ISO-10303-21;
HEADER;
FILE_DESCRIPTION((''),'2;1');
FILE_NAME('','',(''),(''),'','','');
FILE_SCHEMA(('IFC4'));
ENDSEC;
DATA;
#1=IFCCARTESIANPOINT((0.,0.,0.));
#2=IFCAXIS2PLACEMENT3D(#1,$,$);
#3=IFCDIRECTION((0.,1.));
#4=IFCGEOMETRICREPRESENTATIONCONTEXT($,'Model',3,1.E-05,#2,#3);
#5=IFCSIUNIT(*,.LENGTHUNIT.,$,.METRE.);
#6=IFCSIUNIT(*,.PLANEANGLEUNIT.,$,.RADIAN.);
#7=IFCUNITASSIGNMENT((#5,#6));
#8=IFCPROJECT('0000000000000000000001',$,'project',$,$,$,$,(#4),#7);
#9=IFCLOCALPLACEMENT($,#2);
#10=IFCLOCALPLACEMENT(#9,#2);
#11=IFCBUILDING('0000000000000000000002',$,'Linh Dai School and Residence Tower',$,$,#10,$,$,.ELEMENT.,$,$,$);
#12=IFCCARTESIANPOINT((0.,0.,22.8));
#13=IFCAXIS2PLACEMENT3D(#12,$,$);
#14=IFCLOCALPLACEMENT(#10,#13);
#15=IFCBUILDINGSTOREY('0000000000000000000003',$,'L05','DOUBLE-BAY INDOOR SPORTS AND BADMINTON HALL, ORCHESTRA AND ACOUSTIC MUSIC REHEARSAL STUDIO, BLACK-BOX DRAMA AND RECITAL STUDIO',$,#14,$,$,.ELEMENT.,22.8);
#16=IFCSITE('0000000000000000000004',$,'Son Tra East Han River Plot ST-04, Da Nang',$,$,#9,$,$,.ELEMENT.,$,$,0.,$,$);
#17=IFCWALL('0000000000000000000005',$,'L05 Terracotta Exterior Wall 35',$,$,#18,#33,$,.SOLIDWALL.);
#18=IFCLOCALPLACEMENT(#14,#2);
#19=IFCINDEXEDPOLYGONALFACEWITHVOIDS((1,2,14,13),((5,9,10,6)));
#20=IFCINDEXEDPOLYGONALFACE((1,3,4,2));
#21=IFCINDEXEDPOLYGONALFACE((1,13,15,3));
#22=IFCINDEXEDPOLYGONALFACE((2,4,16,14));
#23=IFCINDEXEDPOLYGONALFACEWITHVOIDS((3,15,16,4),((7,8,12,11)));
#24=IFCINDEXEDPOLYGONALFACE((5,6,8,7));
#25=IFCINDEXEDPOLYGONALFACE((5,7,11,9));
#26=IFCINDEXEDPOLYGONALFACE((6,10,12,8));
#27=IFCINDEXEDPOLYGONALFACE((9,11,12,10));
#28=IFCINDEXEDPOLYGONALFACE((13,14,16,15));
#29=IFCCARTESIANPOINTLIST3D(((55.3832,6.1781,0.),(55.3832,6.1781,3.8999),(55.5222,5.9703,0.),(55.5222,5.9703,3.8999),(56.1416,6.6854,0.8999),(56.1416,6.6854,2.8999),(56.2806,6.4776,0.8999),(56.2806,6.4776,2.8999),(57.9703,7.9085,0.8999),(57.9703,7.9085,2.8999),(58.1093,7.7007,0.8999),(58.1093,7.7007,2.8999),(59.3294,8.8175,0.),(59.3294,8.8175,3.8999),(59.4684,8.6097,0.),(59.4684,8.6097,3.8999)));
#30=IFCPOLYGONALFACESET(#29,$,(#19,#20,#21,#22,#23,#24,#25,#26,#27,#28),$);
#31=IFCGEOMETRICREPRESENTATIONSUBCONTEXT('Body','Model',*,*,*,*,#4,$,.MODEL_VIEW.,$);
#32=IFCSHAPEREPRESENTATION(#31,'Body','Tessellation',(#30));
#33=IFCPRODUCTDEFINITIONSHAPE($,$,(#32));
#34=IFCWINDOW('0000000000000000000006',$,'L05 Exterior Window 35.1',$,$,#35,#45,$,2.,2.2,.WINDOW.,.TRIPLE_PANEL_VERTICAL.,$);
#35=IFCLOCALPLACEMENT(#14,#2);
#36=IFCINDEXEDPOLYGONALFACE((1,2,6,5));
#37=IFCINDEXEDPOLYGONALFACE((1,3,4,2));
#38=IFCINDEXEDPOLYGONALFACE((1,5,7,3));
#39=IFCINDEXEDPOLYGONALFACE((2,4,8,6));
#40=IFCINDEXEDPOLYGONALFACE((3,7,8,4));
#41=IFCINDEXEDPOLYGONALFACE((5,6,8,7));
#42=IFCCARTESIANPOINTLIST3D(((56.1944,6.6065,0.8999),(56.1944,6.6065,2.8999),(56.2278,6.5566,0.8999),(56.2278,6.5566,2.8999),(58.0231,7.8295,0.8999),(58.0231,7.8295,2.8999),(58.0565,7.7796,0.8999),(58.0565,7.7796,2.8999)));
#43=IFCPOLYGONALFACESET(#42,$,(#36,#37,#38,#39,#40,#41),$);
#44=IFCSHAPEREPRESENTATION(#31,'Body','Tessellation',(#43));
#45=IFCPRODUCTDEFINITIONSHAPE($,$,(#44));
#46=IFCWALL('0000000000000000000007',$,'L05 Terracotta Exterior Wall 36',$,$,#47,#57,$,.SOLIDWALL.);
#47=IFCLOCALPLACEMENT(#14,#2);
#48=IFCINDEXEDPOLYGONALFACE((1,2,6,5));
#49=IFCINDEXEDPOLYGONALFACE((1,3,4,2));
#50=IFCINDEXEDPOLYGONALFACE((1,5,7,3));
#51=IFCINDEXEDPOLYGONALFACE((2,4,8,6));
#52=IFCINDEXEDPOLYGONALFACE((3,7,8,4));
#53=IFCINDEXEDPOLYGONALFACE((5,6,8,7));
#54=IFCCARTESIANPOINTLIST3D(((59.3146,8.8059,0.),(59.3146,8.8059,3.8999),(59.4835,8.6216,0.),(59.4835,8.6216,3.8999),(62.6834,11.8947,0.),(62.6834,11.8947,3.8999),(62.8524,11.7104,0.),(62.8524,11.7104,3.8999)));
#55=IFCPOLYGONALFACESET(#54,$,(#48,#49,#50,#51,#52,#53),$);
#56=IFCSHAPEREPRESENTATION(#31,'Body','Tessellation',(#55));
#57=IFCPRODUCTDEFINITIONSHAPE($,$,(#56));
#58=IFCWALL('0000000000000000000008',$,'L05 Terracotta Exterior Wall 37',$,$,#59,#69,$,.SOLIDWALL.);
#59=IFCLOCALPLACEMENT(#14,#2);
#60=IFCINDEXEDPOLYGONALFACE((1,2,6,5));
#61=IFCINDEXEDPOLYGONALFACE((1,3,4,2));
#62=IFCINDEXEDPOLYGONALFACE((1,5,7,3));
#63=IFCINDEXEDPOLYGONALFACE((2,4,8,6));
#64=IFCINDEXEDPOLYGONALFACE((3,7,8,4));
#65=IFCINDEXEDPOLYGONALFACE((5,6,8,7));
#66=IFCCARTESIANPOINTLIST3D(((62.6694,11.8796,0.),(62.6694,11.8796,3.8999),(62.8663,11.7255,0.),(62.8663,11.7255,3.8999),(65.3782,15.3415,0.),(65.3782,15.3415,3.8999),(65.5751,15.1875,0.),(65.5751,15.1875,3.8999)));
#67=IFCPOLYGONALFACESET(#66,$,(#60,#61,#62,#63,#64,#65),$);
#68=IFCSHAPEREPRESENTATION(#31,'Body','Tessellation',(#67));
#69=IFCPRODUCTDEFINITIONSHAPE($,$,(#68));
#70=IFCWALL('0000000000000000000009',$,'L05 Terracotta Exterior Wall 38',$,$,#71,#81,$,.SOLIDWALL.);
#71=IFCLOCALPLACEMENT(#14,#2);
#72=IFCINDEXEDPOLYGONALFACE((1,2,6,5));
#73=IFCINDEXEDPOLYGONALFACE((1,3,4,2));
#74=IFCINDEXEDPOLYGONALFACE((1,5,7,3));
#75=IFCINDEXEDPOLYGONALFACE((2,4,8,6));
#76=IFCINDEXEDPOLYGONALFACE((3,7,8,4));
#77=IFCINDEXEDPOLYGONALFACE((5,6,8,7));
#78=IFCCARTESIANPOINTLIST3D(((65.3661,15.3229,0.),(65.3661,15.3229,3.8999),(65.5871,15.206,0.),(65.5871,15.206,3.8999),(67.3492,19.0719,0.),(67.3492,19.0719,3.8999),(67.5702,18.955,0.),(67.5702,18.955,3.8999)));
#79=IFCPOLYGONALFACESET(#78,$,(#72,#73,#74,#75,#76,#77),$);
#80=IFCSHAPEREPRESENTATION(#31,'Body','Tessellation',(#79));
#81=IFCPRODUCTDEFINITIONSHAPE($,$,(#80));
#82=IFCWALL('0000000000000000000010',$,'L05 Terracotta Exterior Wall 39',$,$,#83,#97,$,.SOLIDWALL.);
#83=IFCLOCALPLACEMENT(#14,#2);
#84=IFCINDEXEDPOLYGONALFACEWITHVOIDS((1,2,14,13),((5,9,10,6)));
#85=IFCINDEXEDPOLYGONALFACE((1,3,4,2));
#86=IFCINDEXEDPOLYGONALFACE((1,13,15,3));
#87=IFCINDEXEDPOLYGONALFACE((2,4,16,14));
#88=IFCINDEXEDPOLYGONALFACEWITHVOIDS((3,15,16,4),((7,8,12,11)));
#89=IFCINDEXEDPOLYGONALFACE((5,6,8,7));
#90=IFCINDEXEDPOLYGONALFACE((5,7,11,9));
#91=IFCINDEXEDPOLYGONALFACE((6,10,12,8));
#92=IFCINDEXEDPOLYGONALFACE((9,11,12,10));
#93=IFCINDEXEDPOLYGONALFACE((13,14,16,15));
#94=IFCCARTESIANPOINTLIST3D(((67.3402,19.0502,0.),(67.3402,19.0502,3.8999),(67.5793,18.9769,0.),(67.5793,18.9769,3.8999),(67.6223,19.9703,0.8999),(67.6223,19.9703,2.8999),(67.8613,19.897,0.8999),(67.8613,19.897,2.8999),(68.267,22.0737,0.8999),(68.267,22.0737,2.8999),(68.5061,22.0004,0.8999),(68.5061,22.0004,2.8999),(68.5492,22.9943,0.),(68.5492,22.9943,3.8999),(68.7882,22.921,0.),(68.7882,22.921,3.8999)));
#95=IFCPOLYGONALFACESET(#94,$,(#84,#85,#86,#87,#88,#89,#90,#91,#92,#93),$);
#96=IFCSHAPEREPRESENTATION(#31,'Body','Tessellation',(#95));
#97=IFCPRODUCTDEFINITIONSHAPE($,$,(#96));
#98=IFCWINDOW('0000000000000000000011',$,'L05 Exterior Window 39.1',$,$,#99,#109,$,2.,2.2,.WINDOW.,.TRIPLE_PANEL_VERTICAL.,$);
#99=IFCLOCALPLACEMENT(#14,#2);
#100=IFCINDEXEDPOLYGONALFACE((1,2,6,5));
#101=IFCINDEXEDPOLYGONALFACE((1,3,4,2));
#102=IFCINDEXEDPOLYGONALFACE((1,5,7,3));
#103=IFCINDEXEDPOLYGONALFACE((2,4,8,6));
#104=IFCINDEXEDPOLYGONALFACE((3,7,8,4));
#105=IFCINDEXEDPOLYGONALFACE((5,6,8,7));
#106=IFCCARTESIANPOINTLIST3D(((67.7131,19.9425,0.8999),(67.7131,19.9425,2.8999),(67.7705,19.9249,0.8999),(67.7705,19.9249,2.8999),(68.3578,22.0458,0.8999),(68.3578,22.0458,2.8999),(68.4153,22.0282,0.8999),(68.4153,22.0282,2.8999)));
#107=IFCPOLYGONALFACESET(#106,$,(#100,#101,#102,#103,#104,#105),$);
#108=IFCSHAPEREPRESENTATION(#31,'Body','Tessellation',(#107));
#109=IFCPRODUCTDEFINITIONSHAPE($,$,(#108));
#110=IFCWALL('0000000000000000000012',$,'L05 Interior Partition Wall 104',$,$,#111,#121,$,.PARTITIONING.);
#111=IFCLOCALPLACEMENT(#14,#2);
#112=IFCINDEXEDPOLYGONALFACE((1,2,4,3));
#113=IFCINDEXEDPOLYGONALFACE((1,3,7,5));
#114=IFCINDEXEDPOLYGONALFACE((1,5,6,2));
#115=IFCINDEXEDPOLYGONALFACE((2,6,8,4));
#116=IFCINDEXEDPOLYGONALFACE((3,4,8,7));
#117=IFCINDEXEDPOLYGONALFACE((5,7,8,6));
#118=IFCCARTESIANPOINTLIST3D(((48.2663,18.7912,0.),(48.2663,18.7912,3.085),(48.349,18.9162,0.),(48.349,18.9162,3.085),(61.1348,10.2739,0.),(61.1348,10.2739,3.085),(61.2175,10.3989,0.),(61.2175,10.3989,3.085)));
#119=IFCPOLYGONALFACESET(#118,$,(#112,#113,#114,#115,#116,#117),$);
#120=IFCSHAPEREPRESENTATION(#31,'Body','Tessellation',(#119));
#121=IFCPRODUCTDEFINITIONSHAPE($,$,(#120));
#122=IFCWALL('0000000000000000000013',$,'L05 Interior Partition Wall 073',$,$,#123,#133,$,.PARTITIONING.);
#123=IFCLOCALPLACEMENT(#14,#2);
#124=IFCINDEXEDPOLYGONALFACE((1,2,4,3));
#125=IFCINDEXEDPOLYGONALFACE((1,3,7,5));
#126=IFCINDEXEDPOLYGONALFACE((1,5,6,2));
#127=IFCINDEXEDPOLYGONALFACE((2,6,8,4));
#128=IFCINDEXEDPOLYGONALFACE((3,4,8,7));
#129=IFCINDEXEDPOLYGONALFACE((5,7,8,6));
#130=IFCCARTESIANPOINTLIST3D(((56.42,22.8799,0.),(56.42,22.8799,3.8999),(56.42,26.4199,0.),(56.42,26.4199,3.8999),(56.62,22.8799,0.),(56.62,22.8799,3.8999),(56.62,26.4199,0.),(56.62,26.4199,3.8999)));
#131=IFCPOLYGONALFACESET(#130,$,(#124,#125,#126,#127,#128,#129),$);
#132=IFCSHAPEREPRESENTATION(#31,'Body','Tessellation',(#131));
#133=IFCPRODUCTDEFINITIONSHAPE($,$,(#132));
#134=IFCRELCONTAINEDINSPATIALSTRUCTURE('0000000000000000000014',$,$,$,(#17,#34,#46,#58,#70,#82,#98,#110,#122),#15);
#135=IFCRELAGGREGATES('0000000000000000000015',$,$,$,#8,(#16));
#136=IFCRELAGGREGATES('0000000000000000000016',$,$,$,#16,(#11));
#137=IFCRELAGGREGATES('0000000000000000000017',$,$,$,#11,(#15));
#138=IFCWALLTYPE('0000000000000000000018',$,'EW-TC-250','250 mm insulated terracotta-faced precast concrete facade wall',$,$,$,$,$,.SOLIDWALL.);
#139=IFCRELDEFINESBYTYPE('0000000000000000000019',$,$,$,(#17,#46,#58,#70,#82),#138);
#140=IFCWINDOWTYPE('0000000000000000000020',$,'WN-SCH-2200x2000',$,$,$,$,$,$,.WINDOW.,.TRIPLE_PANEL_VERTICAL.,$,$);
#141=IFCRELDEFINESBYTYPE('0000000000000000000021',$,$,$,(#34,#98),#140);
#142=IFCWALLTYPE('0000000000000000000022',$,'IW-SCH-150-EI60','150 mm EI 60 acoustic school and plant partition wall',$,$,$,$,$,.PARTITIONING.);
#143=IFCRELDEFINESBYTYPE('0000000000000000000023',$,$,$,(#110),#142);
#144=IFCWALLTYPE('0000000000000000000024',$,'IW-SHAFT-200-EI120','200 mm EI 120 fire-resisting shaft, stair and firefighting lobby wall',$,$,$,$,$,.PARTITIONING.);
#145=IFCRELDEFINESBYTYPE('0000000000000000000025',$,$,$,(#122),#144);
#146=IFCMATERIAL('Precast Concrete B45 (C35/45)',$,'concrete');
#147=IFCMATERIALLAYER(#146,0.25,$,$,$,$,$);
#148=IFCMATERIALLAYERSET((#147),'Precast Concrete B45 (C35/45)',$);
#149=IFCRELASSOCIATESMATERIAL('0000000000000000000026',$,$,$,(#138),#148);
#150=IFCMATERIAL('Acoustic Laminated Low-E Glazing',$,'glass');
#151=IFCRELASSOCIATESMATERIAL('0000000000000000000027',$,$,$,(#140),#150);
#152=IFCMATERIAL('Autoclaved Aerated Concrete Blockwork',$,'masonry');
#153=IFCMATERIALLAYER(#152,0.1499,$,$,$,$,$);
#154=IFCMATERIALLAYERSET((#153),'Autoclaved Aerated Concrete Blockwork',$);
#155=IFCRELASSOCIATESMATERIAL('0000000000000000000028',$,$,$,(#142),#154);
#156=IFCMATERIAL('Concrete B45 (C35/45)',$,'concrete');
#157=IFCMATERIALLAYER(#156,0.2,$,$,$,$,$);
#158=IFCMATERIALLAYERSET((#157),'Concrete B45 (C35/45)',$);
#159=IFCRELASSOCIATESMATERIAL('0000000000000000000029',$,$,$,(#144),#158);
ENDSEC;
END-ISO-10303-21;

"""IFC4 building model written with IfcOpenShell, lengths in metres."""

from ifc_helpers import new_model, si_unit, direction, frame, frame_2d, origin, origin_2d, place, context, subcontext, project, spatial, rectangle, extrude, source, transform, mapped, material, layer, layer_set, type_object, element, fill, save


model = new_model("IFC4")

# Units and contexts
model_context = context("Model", 3, precision=1e-05, world=origin(), true_north=direction((0.0, 1.0)))
body_context = subcontext(model_context, "Body", "Model", "MODEL_VIEW")
ifc_project = project(units=[si_unit("LENGTHUNIT", "METRE"), si_unit("PLANEANGLEUNIT", "RADIAN")], contexts=[model_context])

# Site, building, storey
site_placement = place(None, origin())
site = spatial("IfcSite", under=ifc_project, at=site_placement, Name="Son Tra East Han River Plot ST-04, Da Nang", CompositionType="ELEMENT", RefElevation=0.0)
building_placement = place(site_placement, origin())
building = spatial("IfcBuilding", under=site, at=building_placement, Name="Linh Dai School and Residence Tower", CompositionType="ELEMENT")
storey_placement = place(building_placement, frame((0.0, 0.0, 22.8)))
storey = spatial("IfcBuildingStorey", under=building, at=storey_placement, Name="L05", Description="DOUBLE-BAY INDOOR SPORTS AND BADMINTON HALL, ORCHESTRA AND ACOUSTIC MUSIC REHEARSAL STUDIO, BLACK-BOX DRAMA AND RECITAL STUDIO", CompositionType="ELEMENT", Elevation=22.8)

# Wall, opening, window
ifc_material_1 = material(Name="Precast Concrete B45 (C35/45)", Category="concrete")
ifc_layer_1 = layer(ifc_material_1, 0.25)
ifc_layer_set_1 = layer_set([ifc_layer_1], Name="Precast Concrete B45 (C35/45)")
wall_type_1 = type_object("IfcWallType", Name="EW-TC-250", Description="250 mm insulated terracotta-faced precast concrete facade wall", PredefinedType="SOLIDWALL", material=ifc_layer_set_1)
wall_1_placement = place(storey_placement, frame((59.3989, 8.7136, 0.0), z_axis=(0.0, 0.0, 1.0), x_axis=(-0.831219, -0.555946, 0.0)))
wall_1 = element("IfcWall", 1, at=wall_1_placement, inside=storey, type_object=wall_type_1, Name="L05 Terracotta Exterior Wall 35", PredefinedType="SOLIDWALL", context=body_context, shape_type="SweptSolid", body=[
    extrude(rectangle(XDim=4.7476, YDim=0.25, at=frame_2d((2.3738, 0.0))), origin(), (0.0, 0.0, 1.0), 3.8999),
])
opening_1_placement = place(wall_1_placement, frame((1.635, 0.0, 0.8999)))
opening_1 = element("IfcOpeningElement", 2, at=opening_1_placement, cuts=wall_1, PredefinedType="OPENING", context=body_context, shape_type="SweptSolid", body=[
    extrude(rectangle(XDim=2.2, YDim=2.0, at=origin_2d()), frame((1.1001, 0.135, 1.0), z_axis=(0.0, -1.0, 0.0), x_axis=(1.0, 0.0, 0.0)), (0.0, 0.0, 1.0), 0.27),
])
ifc_material_2 = material(Name="Acoustic Laminated Low-E Glazing", Category="glass")
window_type = type_object("IfcWindowType", Name="WN-SCH-2200x2000", PartitioningType="TRIPLE_PANEL_VERTICAL", PredefinedType="WINDOW", material=ifc_material_2)
shared_shape_1 = source(origin(), body_context, "Body", "SweptSolid", [
    extrude(rectangle(XDim=2.2, YDim=2.0, at=origin_2d()), frame((1.1001, 0.03, 1.0), z_axis=(0.0, -1.0, 0.0), x_axis=(1.0, 0.0, 0.0)), (0.0, 0.0, 1.0), 0.0601),
])
window_1_placement = place(opening_1_placement, origin())
window_1 = element("IfcWindow", 3, at=window_1_placement, inside=storey, type_object=window_type, Name="L05 Exterior Window 35.1", OverallHeight=2.0, OverallWidth=2.2, PartitioningType="TRIPLE_PANEL_VERTICAL", PredefinedType="WINDOW", context=body_context, shape_type="MappedRepresentation", body=[
    mapped(shared_shape_1, transform((0.0, 0.0, 0.0), x_axis=(1.0, 0.0, 0.0), y_axis=(0.0, 1.0, 0.0), z_axis=(0.0, 0.0, 1.0), scale=1.0)),
])
fill(opening_1, window_1)

# Walls
wall_2_placement = place(storey_placement, frame((62.7678, 11.8025, 0.0), z_axis=(0.0, 0.0, 1.0), x_axis=(-0.737077, -0.675809, 0.0)))
element("IfcWall", 4, at=wall_2_placement, inside=storey, type_object=wall_type_1, Name="L05 Terracotta Exterior Wall 36", PredefinedType="SOLIDWALL", context=body_context, shape_type="SweptSolid", body=[
    extrude(rectangle(XDim=4.5706, YDim=0.25, at=frame_2d((2.2852, 0.0))), origin(), (0.0, 0.0, 1.0), 3.8999),
])
wall_3_placement = place(storey_placement, frame((65.4766, 15.2644, 0.0), z_axis=(0.0, 0.0, 1.0), x_axis=(-0.616226, -0.787569, 0.0)))
element("IfcWall", 5, at=wall_3_placement, inside=storey, type_object=wall_type_1, Name="L05 Terracotta Exterior Wall 37", PredefinedType="SOLIDWALL", context=body_context, shape_type="SweptSolid", body=[
    extrude(rectangle(XDim=4.3958, YDim=0.25, at=frame_2d((2.1978, 0.0))), origin(), (0.0, 0.0, 1.0), 3.8999),
])
wall_4_placement = place(storey_placement, frame((67.4597, 19.0134, 0.0), z_axis=(0.0, 0.0, 1.0), x_axis=(-0.467589, -0.883946, 0.0)))
element("IfcWall", 6, at=wall_4_placement, inside=storey, type_object=wall_type_1, Name="L05 Terracotta Exterior Wall 38", PredefinedType="SOLIDWALL", context=body_context, shape_type="SweptSolid", body=[
    extrude(rectangle(XDim=4.2412, YDim=0.25, at=frame_2d((2.1206, 0.0))), origin(), (0.0, 0.0, 1.0), 3.8999),
])

# Wall, opening, window
wall_5_placement = place(storey_placement, frame((68.6687, 22.9575, 0.0), z_axis=(0.0, 0.0, 1.0), x_axis=(-0.293071, -0.956091, 0.0)))
wall_5 = element("IfcWall", 7, at=wall_5_placement, inside=storey, type_object=wall_type_1, Name="L05 Terracotta Exterior Wall 39", PredefinedType="SOLIDWALL", context=body_context, shape_type="SweptSolid", body=[
    extrude(rectangle(XDim=4.1252, YDim=0.25, at=frame_2d((2.0625, 0.0))), origin(), (0.0, 0.0, 1.0), 3.8999),
])
opening_2_placement = place(wall_5_placement, frame((0.9626, 0.0, 0.8999)))
opening_2 = element("IfcOpeningElement", 8, at=opening_2_placement, cuts=wall_5, PredefinedType="OPENING", context=body_context, shape_type="SweptSolid", body=[
    extrude(rectangle(XDim=2.2, YDim=2.0, at=origin_2d()), frame((1.1001, 0.135, 1.0), z_axis=(0.0, -1.0, 0.0), x_axis=(1.0, 0.0, 0.0)), (0.0, 0.0, 1.0), 0.27),
])
window_2_placement = place(opening_2_placement, origin())
window_2 = element("IfcWindow", 9, at=window_2_placement, inside=storey, type_object=window_type, Name="L05 Exterior Window 39.1", OverallHeight=2.0, OverallWidth=2.2, PartitioningType="TRIPLE_PANEL_VERTICAL", PredefinedType="WINDOW", context=body_context, shape_type="MappedRepresentation", body=[
    mapped(shared_shape_1, transform((0.0, 0.0, 0.0), x_axis=(1.0, 0.0, 0.0), y_axis=(0.0, 1.0, 0.0), z_axis=(0.0, 0.0, 1.0), scale=1.0)),
])
fill(opening_2, window_2)

# Walls
ifc_material_3 = material(Name="Autoclaved Aerated Concrete Blockwork", Category="masonry")
ifc_layer_2 = layer(ifc_material_3, 0.1499)
ifc_layer_set_2 = layer_set([ifc_layer_2], Name="Autoclaved Aerated Concrete Blockwork")
wall_type_2 = type_object("IfcWallType", Name="IW-SCH-150-EI60", Description="150 mm EI 60 acoustic school and plant partition wall", PredefinedType="PARTITIONING", material=ifc_layer_set_2)
wall_6_placement = place(storey_placement, frame((61.176, 10.3364, 0.0), z_axis=(0.0, 0.0, 1.0), x_axis=(-0.833888, 0.551933, 0.0)))
element("IfcWall", 10, at=wall_6_placement, inside=storey, type_object=wall_type_2, Name="L05 Interior Partition Wall 104", PredefinedType="PARTITIONING", context=body_context, shape_type="SweptSolid", body=[
    extrude(rectangle(XDim=15.4319, YDim=0.1499, at=frame_2d((7.7158, 0.0))), origin(), (0.0, 0.0, 1.0), 3.085),
])
ifc_material_4 = material(Name="Concrete B45 (C35/45)", Category="concrete")
ifc_layer_3 = layer(ifc_material_4, 0.2)
ifc_layer_set_3 = layer_set([ifc_layer_3], Name="Concrete B45 (C35/45)")
wall_type_3 = type_object("IfcWallType", Name="IW-SHAFT-200-EI120", Description="200 mm EI 120 fire-resisting shaft, stair and firefighting lobby wall", PredefinedType="PARTITIONING", material=ifc_layer_set_3)
wall_7_placement = place(storey_placement, frame((56.52, 22.8799, 0.0), z_axis=(0.0, 0.0, 1.0), x_axis=(0.0, 1.0, 0.0)))
element("IfcWall", 11, at=wall_7_placement, inside=storey, type_object=wall_type_3, Name="L05 Interior Partition Wall 073", PredefinedType="PARTITIONING", context=body_context, shape_type="SweptSolid", body=[
    extrude(rectangle(XDim=3.54, YDim=0.2, at=frame_2d((1.77, 0.0))), origin(), (0.0, 0.0, 1.0), 3.8999),
])

save(model, "model.ifc")
